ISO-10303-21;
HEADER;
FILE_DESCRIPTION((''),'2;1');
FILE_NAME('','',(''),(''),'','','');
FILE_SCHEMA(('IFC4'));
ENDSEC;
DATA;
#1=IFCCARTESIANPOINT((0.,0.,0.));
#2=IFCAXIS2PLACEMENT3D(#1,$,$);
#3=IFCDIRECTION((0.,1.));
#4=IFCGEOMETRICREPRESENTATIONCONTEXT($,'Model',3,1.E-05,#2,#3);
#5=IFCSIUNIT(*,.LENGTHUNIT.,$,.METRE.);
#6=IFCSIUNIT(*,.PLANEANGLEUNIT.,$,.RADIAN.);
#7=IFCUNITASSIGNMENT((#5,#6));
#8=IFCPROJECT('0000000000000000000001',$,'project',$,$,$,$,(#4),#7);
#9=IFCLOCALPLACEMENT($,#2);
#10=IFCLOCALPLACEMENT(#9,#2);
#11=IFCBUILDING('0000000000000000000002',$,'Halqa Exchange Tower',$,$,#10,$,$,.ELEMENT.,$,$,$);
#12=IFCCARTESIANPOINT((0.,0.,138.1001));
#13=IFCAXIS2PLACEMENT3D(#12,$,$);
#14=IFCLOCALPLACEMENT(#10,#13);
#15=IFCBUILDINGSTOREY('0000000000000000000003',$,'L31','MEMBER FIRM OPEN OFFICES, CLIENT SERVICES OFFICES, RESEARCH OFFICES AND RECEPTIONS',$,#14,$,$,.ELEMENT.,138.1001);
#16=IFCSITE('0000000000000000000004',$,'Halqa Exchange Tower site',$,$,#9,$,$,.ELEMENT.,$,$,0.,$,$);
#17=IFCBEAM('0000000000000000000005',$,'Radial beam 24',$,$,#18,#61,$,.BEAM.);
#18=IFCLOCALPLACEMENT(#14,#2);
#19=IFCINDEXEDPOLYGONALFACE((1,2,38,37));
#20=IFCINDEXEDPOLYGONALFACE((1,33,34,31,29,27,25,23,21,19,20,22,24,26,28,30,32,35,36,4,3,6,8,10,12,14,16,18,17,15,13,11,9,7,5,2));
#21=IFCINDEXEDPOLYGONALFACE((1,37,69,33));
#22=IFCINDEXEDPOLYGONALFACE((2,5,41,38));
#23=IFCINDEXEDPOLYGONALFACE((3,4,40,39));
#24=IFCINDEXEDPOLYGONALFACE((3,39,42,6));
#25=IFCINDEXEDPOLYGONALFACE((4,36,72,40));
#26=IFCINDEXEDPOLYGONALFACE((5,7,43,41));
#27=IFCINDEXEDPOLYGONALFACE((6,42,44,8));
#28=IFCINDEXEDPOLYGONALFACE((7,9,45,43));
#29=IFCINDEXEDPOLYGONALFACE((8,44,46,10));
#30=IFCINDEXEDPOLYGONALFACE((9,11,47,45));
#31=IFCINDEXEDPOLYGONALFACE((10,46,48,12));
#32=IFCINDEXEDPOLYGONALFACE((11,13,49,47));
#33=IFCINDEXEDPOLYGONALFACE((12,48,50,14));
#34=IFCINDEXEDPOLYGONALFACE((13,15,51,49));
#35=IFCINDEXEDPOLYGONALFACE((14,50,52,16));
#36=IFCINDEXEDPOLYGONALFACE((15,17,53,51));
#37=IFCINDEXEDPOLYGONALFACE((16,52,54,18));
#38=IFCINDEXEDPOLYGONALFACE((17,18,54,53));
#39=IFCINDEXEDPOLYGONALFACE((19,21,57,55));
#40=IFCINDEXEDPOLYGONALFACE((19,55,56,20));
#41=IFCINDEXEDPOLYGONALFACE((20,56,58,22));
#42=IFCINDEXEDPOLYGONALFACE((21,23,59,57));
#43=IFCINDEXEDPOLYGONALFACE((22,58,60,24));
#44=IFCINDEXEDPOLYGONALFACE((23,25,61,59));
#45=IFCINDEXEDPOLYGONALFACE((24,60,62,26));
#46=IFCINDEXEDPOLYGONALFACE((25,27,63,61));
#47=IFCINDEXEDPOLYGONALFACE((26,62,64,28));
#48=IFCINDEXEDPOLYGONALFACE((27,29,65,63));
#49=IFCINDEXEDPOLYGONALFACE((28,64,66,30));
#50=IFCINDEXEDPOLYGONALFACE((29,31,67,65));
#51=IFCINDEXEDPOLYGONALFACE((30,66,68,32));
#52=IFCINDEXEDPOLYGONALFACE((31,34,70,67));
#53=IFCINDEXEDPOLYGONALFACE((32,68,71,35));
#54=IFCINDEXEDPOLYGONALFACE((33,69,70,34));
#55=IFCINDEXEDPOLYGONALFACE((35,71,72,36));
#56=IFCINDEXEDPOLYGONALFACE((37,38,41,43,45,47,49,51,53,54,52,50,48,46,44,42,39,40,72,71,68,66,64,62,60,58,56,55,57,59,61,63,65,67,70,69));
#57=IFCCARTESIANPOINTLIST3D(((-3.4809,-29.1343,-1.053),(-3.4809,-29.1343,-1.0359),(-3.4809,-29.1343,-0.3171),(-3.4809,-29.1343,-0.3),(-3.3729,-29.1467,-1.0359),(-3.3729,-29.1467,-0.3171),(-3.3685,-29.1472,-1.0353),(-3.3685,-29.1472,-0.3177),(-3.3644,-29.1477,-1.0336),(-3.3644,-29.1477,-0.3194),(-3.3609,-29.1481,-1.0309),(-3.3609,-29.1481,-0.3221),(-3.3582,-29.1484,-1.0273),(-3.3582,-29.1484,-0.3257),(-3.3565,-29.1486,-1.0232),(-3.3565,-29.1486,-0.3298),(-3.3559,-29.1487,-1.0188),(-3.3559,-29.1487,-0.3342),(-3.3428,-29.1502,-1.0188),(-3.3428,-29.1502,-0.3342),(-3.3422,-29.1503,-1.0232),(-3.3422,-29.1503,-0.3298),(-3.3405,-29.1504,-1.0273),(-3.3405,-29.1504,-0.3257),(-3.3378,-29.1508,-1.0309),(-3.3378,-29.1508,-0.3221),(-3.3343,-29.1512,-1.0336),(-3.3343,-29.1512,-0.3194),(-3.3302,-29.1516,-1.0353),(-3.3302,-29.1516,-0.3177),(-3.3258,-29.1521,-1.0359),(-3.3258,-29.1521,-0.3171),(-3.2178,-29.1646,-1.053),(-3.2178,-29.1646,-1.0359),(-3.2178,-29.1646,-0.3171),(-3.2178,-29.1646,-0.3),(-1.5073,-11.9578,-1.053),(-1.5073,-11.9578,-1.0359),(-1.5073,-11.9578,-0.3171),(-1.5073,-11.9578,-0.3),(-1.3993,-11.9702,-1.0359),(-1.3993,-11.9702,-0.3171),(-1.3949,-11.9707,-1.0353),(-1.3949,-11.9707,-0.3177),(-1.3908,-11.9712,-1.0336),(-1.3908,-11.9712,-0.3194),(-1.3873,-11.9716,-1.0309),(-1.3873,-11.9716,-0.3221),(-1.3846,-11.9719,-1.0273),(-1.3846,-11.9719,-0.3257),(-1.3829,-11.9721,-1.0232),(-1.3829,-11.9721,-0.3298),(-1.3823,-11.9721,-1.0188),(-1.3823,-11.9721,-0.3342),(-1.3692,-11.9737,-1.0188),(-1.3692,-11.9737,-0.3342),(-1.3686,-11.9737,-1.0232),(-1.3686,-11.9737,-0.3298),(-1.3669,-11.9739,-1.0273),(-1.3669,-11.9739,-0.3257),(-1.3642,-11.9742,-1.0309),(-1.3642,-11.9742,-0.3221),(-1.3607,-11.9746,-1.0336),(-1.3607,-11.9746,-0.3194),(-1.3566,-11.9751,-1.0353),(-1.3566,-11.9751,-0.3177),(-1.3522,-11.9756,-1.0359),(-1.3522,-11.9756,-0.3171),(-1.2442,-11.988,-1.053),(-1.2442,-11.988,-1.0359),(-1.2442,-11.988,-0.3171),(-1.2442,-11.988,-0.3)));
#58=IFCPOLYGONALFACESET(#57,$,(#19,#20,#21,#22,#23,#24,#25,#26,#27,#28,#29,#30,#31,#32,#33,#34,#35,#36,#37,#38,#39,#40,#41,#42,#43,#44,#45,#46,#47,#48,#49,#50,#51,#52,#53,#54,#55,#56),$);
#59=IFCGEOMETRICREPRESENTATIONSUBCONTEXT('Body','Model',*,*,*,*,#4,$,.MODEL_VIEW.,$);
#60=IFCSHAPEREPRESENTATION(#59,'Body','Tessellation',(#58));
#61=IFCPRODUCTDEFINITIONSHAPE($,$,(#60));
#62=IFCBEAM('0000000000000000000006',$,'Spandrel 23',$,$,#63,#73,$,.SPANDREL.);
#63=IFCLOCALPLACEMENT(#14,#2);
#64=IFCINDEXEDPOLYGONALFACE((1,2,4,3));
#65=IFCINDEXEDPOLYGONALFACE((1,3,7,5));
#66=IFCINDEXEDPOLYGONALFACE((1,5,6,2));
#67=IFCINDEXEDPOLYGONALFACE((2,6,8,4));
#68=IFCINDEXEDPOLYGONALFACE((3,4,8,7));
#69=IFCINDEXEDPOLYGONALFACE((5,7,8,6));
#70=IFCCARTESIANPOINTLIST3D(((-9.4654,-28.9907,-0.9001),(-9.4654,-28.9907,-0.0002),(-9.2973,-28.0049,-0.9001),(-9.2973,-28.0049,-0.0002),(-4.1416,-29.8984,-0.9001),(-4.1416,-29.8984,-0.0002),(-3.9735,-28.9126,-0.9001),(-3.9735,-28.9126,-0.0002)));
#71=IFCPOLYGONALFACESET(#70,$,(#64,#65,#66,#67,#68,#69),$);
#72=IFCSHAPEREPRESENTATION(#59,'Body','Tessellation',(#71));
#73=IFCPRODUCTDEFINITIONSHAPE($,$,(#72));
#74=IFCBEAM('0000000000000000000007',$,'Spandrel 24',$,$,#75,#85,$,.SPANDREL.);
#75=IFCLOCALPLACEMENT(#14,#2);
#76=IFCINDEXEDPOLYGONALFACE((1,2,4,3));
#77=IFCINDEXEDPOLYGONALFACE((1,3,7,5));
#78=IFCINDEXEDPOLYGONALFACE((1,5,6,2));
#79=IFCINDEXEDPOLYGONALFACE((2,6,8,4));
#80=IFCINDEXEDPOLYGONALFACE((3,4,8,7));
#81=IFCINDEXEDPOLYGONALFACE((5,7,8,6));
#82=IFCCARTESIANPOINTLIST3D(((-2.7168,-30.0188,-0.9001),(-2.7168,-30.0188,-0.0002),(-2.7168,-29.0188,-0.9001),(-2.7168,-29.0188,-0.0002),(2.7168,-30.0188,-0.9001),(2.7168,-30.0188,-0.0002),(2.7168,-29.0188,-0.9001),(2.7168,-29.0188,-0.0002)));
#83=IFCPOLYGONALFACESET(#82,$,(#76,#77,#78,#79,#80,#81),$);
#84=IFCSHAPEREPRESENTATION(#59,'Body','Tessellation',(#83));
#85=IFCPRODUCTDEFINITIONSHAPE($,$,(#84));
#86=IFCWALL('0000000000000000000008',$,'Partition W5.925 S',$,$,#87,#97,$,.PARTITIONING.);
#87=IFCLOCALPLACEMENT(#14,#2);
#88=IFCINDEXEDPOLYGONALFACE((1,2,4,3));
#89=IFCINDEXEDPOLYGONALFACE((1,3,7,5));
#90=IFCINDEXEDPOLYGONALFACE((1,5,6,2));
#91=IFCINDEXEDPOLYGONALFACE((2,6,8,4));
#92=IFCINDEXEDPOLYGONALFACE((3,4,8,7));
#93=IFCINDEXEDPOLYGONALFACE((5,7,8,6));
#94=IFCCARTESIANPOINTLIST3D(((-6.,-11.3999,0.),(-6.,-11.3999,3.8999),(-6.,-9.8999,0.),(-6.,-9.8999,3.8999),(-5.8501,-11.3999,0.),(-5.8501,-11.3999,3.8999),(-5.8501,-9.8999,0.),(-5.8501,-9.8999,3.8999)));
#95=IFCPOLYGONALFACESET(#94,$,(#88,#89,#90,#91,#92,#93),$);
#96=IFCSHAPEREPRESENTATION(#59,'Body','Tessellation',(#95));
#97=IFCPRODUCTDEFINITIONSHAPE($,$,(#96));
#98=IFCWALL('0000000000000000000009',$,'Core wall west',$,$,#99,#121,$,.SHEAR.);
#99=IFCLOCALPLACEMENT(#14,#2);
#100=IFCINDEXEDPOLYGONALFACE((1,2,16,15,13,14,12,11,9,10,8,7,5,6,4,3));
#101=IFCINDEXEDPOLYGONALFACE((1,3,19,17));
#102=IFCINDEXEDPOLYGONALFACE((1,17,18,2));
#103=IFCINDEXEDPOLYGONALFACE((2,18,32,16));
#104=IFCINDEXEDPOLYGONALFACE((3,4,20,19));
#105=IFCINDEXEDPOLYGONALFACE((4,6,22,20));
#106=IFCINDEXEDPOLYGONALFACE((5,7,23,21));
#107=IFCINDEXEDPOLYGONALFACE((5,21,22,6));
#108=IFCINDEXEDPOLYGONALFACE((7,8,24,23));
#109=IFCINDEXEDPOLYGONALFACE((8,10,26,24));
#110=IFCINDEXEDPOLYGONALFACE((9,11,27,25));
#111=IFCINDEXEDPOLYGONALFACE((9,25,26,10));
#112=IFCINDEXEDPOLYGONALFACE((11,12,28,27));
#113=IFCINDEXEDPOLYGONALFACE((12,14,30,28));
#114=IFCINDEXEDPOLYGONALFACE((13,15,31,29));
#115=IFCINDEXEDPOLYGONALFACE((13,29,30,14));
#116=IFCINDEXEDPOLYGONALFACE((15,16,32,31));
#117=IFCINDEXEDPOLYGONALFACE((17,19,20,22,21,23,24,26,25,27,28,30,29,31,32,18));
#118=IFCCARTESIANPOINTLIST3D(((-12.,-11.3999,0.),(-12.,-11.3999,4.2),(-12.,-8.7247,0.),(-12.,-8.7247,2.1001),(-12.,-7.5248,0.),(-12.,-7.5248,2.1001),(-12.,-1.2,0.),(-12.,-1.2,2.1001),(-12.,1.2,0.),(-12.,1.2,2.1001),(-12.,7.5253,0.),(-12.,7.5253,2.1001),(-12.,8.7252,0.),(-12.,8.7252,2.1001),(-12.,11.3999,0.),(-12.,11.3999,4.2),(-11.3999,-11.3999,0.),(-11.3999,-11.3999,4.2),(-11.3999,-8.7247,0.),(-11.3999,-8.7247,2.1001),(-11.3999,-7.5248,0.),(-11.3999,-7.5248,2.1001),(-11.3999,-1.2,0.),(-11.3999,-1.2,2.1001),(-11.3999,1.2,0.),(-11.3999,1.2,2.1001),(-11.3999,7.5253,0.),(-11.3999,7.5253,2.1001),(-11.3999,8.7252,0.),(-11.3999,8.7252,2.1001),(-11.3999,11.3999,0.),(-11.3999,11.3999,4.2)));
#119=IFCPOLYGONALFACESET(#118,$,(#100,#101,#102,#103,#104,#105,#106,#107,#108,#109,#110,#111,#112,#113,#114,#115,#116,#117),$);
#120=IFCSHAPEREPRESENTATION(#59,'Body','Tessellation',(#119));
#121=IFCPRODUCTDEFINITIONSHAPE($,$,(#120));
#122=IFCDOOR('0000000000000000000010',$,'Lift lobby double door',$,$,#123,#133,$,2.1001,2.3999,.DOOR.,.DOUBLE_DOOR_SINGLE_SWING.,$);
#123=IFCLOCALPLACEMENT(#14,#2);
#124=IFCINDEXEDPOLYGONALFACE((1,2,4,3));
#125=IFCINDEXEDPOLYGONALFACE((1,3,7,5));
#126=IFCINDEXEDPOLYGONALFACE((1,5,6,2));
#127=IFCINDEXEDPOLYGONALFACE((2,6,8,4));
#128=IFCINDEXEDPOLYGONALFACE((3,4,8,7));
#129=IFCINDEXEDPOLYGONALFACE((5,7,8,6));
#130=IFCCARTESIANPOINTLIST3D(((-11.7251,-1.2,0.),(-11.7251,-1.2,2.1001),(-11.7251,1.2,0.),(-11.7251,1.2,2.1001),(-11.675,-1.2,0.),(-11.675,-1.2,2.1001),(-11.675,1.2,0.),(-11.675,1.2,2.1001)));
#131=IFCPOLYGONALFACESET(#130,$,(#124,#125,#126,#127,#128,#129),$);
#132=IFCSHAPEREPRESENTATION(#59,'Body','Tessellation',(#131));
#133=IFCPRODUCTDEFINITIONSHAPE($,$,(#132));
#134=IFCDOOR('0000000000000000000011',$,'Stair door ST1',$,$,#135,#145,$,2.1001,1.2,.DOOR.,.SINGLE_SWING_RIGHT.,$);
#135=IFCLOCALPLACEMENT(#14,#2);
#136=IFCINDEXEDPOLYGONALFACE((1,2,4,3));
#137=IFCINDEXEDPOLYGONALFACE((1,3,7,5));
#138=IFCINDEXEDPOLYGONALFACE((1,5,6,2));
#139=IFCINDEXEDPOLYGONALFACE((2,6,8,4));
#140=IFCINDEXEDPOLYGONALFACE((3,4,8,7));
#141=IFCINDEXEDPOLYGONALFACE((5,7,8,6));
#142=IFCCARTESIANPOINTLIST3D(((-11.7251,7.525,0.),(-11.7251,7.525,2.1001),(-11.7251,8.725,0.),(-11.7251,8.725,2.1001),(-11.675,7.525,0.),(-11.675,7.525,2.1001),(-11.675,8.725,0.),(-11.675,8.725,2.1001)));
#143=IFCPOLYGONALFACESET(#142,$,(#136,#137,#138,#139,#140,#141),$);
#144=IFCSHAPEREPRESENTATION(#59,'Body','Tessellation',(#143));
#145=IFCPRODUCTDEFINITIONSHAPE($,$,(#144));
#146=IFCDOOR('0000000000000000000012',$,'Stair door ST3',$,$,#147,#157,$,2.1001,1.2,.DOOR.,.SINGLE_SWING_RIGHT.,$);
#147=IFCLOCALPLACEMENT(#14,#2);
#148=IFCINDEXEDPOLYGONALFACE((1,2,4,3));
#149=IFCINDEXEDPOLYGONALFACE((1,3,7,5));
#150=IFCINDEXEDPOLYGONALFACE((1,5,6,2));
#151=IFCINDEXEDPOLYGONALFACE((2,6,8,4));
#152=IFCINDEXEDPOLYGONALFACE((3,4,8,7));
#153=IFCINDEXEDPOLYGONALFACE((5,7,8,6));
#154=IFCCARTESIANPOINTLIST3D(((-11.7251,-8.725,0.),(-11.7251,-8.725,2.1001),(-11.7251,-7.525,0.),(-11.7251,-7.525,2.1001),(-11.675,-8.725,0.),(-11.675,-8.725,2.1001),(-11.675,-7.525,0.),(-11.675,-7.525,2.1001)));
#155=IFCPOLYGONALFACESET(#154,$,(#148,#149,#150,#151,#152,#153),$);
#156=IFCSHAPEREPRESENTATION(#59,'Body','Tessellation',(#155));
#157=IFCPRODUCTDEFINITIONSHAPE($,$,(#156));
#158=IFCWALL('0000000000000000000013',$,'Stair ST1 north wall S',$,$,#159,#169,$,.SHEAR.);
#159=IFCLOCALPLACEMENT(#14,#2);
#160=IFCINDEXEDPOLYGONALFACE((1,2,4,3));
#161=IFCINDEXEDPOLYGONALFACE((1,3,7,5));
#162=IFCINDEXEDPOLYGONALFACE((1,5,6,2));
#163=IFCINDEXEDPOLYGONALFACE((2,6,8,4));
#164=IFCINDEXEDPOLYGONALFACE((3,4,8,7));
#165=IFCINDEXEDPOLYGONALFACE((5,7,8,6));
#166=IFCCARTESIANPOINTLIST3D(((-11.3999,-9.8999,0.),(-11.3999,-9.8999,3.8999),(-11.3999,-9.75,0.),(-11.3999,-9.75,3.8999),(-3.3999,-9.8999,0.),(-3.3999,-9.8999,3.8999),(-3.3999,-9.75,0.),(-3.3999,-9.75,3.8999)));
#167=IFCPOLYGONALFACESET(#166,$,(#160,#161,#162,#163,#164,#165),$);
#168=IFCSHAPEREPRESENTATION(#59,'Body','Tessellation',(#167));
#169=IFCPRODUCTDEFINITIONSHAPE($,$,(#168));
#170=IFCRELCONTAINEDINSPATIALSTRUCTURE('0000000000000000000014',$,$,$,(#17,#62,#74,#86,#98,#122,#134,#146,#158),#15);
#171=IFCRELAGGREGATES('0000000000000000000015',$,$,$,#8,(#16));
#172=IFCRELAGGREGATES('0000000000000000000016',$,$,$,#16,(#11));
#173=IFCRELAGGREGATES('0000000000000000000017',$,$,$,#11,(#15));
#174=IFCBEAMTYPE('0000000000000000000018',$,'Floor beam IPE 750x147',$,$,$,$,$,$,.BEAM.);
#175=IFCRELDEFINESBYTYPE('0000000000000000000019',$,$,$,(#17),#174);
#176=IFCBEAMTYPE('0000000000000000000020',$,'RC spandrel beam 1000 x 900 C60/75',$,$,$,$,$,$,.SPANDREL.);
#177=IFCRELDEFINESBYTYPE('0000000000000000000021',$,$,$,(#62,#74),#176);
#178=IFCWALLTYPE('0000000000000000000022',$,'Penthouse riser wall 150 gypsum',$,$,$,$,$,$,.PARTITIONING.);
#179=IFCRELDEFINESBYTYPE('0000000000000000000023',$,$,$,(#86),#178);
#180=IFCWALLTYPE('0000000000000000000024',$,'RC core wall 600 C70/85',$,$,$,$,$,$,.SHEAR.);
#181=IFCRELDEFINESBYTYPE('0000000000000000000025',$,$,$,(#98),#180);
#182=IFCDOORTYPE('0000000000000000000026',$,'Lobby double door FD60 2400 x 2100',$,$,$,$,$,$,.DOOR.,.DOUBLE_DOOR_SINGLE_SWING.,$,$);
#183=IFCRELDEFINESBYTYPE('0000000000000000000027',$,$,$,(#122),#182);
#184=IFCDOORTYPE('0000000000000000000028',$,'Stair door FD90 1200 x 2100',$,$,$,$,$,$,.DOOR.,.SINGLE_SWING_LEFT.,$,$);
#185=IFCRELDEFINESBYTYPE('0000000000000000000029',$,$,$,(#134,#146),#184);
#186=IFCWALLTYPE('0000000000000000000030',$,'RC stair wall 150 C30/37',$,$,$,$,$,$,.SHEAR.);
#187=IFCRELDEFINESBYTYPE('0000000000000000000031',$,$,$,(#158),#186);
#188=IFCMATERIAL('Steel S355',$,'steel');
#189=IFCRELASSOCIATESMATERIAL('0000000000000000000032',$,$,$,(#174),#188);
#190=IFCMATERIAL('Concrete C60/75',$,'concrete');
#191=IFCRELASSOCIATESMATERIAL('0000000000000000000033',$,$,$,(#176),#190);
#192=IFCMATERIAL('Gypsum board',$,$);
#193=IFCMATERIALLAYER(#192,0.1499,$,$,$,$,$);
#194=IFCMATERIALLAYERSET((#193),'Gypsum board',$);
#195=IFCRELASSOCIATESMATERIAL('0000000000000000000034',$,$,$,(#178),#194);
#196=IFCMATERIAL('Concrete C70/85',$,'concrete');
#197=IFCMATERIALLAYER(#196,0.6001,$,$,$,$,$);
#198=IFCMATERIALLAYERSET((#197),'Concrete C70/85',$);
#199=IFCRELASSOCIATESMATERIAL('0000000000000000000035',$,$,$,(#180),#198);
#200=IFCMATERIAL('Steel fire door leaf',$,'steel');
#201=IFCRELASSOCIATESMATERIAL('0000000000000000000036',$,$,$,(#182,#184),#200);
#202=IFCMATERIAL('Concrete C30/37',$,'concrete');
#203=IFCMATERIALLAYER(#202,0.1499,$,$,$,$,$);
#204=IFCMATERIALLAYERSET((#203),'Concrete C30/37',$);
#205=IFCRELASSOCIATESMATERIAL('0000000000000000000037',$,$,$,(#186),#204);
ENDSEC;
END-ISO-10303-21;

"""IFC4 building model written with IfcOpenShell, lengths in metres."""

from ifc_helpers import new_model, si_unit, direction, frame, frame_2d, origin, origin_2d, place, context, subcontext, project, spatial, rectangle, i_section, extrude, material, layer, layer_set, material_profile, profile_set, type_object, element, fill, save


model = new_model("IFC4")

# Units and contexts
model_context = context("Model", 3, precision=1e-05, world=origin(), true_north=direction((0.0, 1.0)))
body_context = subcontext(model_context, "Body", "Model", "MODEL_VIEW")
ifc_project = project(units=[si_unit("LENGTHUNIT", "METRE"), si_unit("PLANEANGLEUNIT", "RADIAN")], contexts=[model_context])

# Site, building, storey
site_placement = place(None, origin())
site = spatial("IfcSite", under=ifc_project, at=site_placement, Name="Halqa Exchange Tower site", CompositionType="ELEMENT", RefElevation=0.0)
building_placement = place(site_placement, origin())
building = spatial("IfcBuilding", under=site, at=building_placement, Name="Halqa Exchange Tower", CompositionType="ELEMENT")
storey_placement = place(building_placement, frame((0.0, 0.0, 138.1001)))
storey = spatial("IfcBuildingStorey", under=building, at=storey_placement, Name="L31", Description="MEMBER FIRM OPEN OFFICES, CLIENT SERVICES OFFICES, RESEARCH OFFICES AND RECEPTIONS", CompositionType="ELEMENT", Elevation=138.1001)

# Shared definitions
ifc_material_1 = material(Name="Concrete C70/85", Category="concrete")

# Beams
ifc_material_2 = material(Name="Steel S355", Category="steel")
ifc_material_profile_1 = material_profile(ifc_material_2, i_section(OverallWidth=0.2649, OverallDepth=0.7529, WebThickness=0.0132, FlangeThickness=0.0171, FilletRadius=0.0171, at=origin_2d()), Name="IPE 750x147")
ifc_profile_set_1 = profile_set([ifc_material_profile_1], Name="Steel S355")
beam_type_1 = type_object("IfcBeamType", Name="Floor beam IPE 750x147", PredefinedType="BEAM", material=ifc_profile_set_1)
beam_1_placement = place(storey_placement, frame((-1.3757, -11.9729, -0.6765), z_axis=(-0.114152, -0.993463, 0.0), x_axis=(0.993463, -0.114152, 0.0)))
element("IfcBeam", 1, at=beam_1_placement, inside=storey, type_object=beam_type_1, Name="Radial beam 24", PredefinedType="BEAM", context=body_context, shape_type="SweptSolid", body=[
    extrude(i_section(OverallWidth=0.2649, OverallDepth=0.7529, WebThickness=0.0132, FlangeThickness=0.0171, FilletRadius=0.0171, at=origin_2d()), origin(), (0.0, 0.0, 1.0), 17.2896),
])
ifc_material_3 = material(Name="Concrete C60/75", Category="concrete")
ifc_material_profile_2 = material_profile(ifc_material_3, rectangle(XDim=1.0, YDim=0.8999, at=origin_2d()), Name="1000 x 900")
ifc_profile_set_2 = profile_set([ifc_material_profile_2], Name="Concrete C60/75")
beam_type_2 = type_object("IfcBeamType", Name="RC spandrel beam 1000 x 900 C60/75", PredefinedType="SPANDREL", material=ifc_profile_set_2)
beam_2_placement = place(storey_placement, frame((-9.3813, -28.4978, -0.4502), z_axis=(0.985774, -0.168078, 0.0), x_axis=(0.168078, 0.985774, 0.0)))
element("IfcBeam", 2, at=beam_2_placement, inside=storey, type_object=beam_type_2, Name="Spandrel 23", PredefinedType="SPANDREL", context=body_context, shape_type="SweptSolid", body=[
    extrude(rectangle(XDim=1.0, YDim=0.8999, at=origin_2d()), origin(), (0.0, 0.0, 1.0), 5.4006),
])
beam_3_placement = place(storey_placement, frame((-2.7168, -29.5188, -0.4502), z_axis=(1.0, 0.0, 0.0), x_axis=(0.0, 1.0, 0.0)))
element("IfcBeam", 3, at=beam_3_placement, inside=storey, type_object=beam_type_2, Name="Spandrel 24", PredefinedType="SPANDREL", context=body_context, shape_type="SweptSolid", body=[
    extrude(rectangle(XDim=1.0, YDim=0.8999, at=origin_2d()), origin(), (0.0, 0.0, 1.0), 5.4336),
])

# Wall
ifc_material_4 = material(Name="Gypsum board")
ifc_layer_1 = layer(ifc_material_4, 0.1499)
ifc_layer_set_1 = layer_set([ifc_layer_1], Name="Gypsum board")
wall_type_1 = type_object("IfcWallType", Name="Penthouse riser wall 150 gypsum", PredefinedType="PARTITIONING", material=ifc_layer_set_1)
wall_1_placement = place(storey_placement, frame((-5.925, -11.3999, 0.0), z_axis=(0.0, 0.0, 1.0), x_axis=(0.0, 1.0, 0.0)))
element("IfcWall", 4, at=wall_1_placement, inside=storey, type_object=wall_type_1, Name="Partition W5.925 S", PredefinedType="PARTITIONING", context=body_context, shape_type="SweptSolid", body=[
    extrude(rectangle(XDim=1.5, YDim=0.1499, at=frame_2d((0.75, 0.0))), origin(), (0.0, 0.0, 1.0), 3.8999),
])

# Wall, openings, doors
ifc_layer_2 = layer(ifc_material_1, 0.6001)
ifc_layer_set_2 = layer_set([ifc_layer_2], Name="Concrete C70/85")
wall_type_2 = type_object("IfcWallType", Name="RC core wall 600 C70/85", PredefinedType="SHEAR", material=ifc_layer_set_2)
wall_2_placement = place(storey_placement, frame((-11.7, -11.3999, 0.0), z_axis=(0.0, 0.0, 1.0), x_axis=(0.0, 1.0, 0.0)))
wall_2 = element("IfcWall", 5, at=wall_2_placement, inside=storey, type_object=wall_type_2, Name="Core wall west", PredefinedType="SHEAR", context=body_context, shape_type="SweptSolid", body=[
    extrude(rectangle(XDim=22.7998, YDim=0.6001, at=frame_2d((11.3999, 0.0))), origin(), (0.0, 0.0, 1.0), 4.2),
])
opening_1_placement = place(wall_2_placement, frame((10.2, 0.0, 0.0)))
opening_1 = element("IfcOpeningElement", 6, at=opening_1_placement, cuts=wall_2, PredefinedType="OPENING", context=body_context, shape_type="SweptSolid", body=[
    extrude(rectangle(XDim=2.3999, YDim=2.1001, at=frame_2d((1.2, 1.05))), frame((0.0, 0.312, 0.0), z_axis=(0.0, -1.0, 0.0), x_axis=(1.0, 0.0, 0.0)), (0.0, 0.0, 1.0), 0.624),
])
opening_2_placement = place(wall_2_placement, frame((18.925, 0.0, 0.0)))
opening_2 = element("IfcOpeningElement", 7, at=opening_2_placement, cuts=wall_2, PredefinedType="OPENING", context=body_context, shape_type="SweptSolid", body=[
    extrude(rectangle(XDim=1.2, YDim=2.1001, at=frame_2d((0.6001, 1.05))), frame((0.0, 0.312, 0.0), z_axis=(0.0, -1.0, 0.0), x_axis=(1.0, 0.0, 0.0)), (0.0, 0.0, 1.0), 0.624),
])
opening_3_placement = place(wall_2_placement, frame((2.675, 0.0, 0.0)))
opening_3 = element("IfcOpeningElement", 8, at=opening_3_placement, cuts=wall_2, PredefinedType="OPENING", context=body_context, shape_type="SweptSolid", body=[
    extrude(rectangle(XDim=1.2, YDim=2.1001, at=frame_2d((0.6001, 1.05))), frame((0.0, 0.312, 0.0), z_axis=(0.0, -1.0, 0.0), x_axis=(1.0, 0.0, 0.0)), (0.0, 0.0, 1.0), 0.624),
])
ifc_material_5 = material(Name="Steel fire door leaf", Category="steel")
door_type_1 = type_object("IfcDoorType", Name="Lobby double door FD60 2400 x 2100", OperationType="DOUBLE_DOOR_SINGLE_SWING", PredefinedType="DOOR", material=ifc_material_5)
door_1_placement = place(opening_1_placement, frame((2.3999, 0.0, 0.0), z_axis=(0.0, 0.0, 1.0), x_axis=(-1.0, 0.0, 0.0)))
door_1 = element("IfcDoor", 9, at=door_1_placement, inside=storey, type_object=door_type_1, Name="Lift lobby double door", OperationType="DOUBLE_DOOR_SINGLE_SWING", OverallHeight=2.1001, OverallWidth=2.3999, PredefinedType="DOOR", context=body_context, shape_type="SweptSolid", body=[
    extrude(rectangle(XDim=2.3999, YDim=2.1001, at=frame_2d((1.2, 1.05))), frame((0.0, 0.0249, 0.0), z_axis=(0.0, -1.0, 0.0), x_axis=(1.0, 0.0, 0.0)), (0.0, 0.0, 1.0), 0.05),
])
fill(opening_1, door_1)
door_type_2 = type_object("IfcDoorType", Name="Stair door FD90 1200 x 2100", OperationType="SINGLE_SWING_LEFT", PredefinedType="DOOR", material=ifc_material_5)
door_2_placement = place(opening_2_placement, frame((1.2, 0.0, 0.0), z_axis=(0.0, 0.0, 1.0), x_axis=(-1.0, 0.0, 0.0)))
door_2 = element("IfcDoor", 10, at=door_2_placement, inside=storey, type_object=door_type_2, Name="Stair door ST1", OperationType="SINGLE_SWING_RIGHT", OverallHeight=2.1001, OverallWidth=1.2, PredefinedType="DOOR", context=body_context, shape_type="SweptSolid", body=[
    extrude(rectangle(XDim=1.2, YDim=2.1001, at=frame_2d((0.6001, 1.05))), frame((0.0, 0.0249, 0.0), z_axis=(0.0, -1.0, 0.0), x_axis=(1.0, 0.0, 0.0)), (0.0, 0.0, 1.0), 0.05),
])
fill(opening_2, door_2)
door_3_placement = place(opening_3_placement, frame((1.2, 0.0, 0.0), z_axis=(0.0, 0.0, 1.0), x_axis=(-1.0, 0.0, 0.0)))
door_3 = element("IfcDoor", 11, at=door_3_placement, inside=storey, type_object=door_type_2, Name="Stair door ST3", OperationType="SINGLE_SWING_RIGHT", OverallHeight=2.1001, OverallWidth=1.2, PredefinedType="DOOR", context=body_context, shape_type="SweptSolid", body=[
    extrude(rectangle(XDim=1.2, YDim=2.1001, at=frame_2d((0.6001, 1.05))), frame((0.0, 0.0249, 0.0), z_axis=(0.0, -1.0, 0.0), x_axis=(1.0, 0.0, 0.0)), (0.0, 0.0, 1.0), 0.05),
])
fill(opening_3, door_3)

# Wall
ifc_material_6 = material(Name="Concrete C30/37", Category="concrete")
ifc_layer_3 = layer(ifc_material_6, 0.1499)
ifc_layer_set_3 = layer_set([ifc_layer_3], Name="Concrete C30/37")
wall_type_3 = type_object("IfcWallType", Name="RC stair wall 150 C30/37", PredefinedType="SHEAR", material=ifc_layer_set_3)
wall_3_placement = place(storey_placement, frame((-11.3999, -9.825, 0.0), z_axis=(0.0, 0.0, 1.0), x_axis=(1.0, 0.0, 0.0)))
element("IfcWall", 12, at=wall_3_placement, inside=storey, type_object=wall_type_3, Name="Stair ST1 north wall S", PredefinedType="SHEAR", context=body_context, shape_type="SweptSolid", body=[
    extrude(rectangle(XDim=8.0, YDim=0.1499, at=frame_2d((4.0, 0.0))), origin(), (0.0, 0.0, 1.0), 3.8999),
])

save(model, "model.ifc")
